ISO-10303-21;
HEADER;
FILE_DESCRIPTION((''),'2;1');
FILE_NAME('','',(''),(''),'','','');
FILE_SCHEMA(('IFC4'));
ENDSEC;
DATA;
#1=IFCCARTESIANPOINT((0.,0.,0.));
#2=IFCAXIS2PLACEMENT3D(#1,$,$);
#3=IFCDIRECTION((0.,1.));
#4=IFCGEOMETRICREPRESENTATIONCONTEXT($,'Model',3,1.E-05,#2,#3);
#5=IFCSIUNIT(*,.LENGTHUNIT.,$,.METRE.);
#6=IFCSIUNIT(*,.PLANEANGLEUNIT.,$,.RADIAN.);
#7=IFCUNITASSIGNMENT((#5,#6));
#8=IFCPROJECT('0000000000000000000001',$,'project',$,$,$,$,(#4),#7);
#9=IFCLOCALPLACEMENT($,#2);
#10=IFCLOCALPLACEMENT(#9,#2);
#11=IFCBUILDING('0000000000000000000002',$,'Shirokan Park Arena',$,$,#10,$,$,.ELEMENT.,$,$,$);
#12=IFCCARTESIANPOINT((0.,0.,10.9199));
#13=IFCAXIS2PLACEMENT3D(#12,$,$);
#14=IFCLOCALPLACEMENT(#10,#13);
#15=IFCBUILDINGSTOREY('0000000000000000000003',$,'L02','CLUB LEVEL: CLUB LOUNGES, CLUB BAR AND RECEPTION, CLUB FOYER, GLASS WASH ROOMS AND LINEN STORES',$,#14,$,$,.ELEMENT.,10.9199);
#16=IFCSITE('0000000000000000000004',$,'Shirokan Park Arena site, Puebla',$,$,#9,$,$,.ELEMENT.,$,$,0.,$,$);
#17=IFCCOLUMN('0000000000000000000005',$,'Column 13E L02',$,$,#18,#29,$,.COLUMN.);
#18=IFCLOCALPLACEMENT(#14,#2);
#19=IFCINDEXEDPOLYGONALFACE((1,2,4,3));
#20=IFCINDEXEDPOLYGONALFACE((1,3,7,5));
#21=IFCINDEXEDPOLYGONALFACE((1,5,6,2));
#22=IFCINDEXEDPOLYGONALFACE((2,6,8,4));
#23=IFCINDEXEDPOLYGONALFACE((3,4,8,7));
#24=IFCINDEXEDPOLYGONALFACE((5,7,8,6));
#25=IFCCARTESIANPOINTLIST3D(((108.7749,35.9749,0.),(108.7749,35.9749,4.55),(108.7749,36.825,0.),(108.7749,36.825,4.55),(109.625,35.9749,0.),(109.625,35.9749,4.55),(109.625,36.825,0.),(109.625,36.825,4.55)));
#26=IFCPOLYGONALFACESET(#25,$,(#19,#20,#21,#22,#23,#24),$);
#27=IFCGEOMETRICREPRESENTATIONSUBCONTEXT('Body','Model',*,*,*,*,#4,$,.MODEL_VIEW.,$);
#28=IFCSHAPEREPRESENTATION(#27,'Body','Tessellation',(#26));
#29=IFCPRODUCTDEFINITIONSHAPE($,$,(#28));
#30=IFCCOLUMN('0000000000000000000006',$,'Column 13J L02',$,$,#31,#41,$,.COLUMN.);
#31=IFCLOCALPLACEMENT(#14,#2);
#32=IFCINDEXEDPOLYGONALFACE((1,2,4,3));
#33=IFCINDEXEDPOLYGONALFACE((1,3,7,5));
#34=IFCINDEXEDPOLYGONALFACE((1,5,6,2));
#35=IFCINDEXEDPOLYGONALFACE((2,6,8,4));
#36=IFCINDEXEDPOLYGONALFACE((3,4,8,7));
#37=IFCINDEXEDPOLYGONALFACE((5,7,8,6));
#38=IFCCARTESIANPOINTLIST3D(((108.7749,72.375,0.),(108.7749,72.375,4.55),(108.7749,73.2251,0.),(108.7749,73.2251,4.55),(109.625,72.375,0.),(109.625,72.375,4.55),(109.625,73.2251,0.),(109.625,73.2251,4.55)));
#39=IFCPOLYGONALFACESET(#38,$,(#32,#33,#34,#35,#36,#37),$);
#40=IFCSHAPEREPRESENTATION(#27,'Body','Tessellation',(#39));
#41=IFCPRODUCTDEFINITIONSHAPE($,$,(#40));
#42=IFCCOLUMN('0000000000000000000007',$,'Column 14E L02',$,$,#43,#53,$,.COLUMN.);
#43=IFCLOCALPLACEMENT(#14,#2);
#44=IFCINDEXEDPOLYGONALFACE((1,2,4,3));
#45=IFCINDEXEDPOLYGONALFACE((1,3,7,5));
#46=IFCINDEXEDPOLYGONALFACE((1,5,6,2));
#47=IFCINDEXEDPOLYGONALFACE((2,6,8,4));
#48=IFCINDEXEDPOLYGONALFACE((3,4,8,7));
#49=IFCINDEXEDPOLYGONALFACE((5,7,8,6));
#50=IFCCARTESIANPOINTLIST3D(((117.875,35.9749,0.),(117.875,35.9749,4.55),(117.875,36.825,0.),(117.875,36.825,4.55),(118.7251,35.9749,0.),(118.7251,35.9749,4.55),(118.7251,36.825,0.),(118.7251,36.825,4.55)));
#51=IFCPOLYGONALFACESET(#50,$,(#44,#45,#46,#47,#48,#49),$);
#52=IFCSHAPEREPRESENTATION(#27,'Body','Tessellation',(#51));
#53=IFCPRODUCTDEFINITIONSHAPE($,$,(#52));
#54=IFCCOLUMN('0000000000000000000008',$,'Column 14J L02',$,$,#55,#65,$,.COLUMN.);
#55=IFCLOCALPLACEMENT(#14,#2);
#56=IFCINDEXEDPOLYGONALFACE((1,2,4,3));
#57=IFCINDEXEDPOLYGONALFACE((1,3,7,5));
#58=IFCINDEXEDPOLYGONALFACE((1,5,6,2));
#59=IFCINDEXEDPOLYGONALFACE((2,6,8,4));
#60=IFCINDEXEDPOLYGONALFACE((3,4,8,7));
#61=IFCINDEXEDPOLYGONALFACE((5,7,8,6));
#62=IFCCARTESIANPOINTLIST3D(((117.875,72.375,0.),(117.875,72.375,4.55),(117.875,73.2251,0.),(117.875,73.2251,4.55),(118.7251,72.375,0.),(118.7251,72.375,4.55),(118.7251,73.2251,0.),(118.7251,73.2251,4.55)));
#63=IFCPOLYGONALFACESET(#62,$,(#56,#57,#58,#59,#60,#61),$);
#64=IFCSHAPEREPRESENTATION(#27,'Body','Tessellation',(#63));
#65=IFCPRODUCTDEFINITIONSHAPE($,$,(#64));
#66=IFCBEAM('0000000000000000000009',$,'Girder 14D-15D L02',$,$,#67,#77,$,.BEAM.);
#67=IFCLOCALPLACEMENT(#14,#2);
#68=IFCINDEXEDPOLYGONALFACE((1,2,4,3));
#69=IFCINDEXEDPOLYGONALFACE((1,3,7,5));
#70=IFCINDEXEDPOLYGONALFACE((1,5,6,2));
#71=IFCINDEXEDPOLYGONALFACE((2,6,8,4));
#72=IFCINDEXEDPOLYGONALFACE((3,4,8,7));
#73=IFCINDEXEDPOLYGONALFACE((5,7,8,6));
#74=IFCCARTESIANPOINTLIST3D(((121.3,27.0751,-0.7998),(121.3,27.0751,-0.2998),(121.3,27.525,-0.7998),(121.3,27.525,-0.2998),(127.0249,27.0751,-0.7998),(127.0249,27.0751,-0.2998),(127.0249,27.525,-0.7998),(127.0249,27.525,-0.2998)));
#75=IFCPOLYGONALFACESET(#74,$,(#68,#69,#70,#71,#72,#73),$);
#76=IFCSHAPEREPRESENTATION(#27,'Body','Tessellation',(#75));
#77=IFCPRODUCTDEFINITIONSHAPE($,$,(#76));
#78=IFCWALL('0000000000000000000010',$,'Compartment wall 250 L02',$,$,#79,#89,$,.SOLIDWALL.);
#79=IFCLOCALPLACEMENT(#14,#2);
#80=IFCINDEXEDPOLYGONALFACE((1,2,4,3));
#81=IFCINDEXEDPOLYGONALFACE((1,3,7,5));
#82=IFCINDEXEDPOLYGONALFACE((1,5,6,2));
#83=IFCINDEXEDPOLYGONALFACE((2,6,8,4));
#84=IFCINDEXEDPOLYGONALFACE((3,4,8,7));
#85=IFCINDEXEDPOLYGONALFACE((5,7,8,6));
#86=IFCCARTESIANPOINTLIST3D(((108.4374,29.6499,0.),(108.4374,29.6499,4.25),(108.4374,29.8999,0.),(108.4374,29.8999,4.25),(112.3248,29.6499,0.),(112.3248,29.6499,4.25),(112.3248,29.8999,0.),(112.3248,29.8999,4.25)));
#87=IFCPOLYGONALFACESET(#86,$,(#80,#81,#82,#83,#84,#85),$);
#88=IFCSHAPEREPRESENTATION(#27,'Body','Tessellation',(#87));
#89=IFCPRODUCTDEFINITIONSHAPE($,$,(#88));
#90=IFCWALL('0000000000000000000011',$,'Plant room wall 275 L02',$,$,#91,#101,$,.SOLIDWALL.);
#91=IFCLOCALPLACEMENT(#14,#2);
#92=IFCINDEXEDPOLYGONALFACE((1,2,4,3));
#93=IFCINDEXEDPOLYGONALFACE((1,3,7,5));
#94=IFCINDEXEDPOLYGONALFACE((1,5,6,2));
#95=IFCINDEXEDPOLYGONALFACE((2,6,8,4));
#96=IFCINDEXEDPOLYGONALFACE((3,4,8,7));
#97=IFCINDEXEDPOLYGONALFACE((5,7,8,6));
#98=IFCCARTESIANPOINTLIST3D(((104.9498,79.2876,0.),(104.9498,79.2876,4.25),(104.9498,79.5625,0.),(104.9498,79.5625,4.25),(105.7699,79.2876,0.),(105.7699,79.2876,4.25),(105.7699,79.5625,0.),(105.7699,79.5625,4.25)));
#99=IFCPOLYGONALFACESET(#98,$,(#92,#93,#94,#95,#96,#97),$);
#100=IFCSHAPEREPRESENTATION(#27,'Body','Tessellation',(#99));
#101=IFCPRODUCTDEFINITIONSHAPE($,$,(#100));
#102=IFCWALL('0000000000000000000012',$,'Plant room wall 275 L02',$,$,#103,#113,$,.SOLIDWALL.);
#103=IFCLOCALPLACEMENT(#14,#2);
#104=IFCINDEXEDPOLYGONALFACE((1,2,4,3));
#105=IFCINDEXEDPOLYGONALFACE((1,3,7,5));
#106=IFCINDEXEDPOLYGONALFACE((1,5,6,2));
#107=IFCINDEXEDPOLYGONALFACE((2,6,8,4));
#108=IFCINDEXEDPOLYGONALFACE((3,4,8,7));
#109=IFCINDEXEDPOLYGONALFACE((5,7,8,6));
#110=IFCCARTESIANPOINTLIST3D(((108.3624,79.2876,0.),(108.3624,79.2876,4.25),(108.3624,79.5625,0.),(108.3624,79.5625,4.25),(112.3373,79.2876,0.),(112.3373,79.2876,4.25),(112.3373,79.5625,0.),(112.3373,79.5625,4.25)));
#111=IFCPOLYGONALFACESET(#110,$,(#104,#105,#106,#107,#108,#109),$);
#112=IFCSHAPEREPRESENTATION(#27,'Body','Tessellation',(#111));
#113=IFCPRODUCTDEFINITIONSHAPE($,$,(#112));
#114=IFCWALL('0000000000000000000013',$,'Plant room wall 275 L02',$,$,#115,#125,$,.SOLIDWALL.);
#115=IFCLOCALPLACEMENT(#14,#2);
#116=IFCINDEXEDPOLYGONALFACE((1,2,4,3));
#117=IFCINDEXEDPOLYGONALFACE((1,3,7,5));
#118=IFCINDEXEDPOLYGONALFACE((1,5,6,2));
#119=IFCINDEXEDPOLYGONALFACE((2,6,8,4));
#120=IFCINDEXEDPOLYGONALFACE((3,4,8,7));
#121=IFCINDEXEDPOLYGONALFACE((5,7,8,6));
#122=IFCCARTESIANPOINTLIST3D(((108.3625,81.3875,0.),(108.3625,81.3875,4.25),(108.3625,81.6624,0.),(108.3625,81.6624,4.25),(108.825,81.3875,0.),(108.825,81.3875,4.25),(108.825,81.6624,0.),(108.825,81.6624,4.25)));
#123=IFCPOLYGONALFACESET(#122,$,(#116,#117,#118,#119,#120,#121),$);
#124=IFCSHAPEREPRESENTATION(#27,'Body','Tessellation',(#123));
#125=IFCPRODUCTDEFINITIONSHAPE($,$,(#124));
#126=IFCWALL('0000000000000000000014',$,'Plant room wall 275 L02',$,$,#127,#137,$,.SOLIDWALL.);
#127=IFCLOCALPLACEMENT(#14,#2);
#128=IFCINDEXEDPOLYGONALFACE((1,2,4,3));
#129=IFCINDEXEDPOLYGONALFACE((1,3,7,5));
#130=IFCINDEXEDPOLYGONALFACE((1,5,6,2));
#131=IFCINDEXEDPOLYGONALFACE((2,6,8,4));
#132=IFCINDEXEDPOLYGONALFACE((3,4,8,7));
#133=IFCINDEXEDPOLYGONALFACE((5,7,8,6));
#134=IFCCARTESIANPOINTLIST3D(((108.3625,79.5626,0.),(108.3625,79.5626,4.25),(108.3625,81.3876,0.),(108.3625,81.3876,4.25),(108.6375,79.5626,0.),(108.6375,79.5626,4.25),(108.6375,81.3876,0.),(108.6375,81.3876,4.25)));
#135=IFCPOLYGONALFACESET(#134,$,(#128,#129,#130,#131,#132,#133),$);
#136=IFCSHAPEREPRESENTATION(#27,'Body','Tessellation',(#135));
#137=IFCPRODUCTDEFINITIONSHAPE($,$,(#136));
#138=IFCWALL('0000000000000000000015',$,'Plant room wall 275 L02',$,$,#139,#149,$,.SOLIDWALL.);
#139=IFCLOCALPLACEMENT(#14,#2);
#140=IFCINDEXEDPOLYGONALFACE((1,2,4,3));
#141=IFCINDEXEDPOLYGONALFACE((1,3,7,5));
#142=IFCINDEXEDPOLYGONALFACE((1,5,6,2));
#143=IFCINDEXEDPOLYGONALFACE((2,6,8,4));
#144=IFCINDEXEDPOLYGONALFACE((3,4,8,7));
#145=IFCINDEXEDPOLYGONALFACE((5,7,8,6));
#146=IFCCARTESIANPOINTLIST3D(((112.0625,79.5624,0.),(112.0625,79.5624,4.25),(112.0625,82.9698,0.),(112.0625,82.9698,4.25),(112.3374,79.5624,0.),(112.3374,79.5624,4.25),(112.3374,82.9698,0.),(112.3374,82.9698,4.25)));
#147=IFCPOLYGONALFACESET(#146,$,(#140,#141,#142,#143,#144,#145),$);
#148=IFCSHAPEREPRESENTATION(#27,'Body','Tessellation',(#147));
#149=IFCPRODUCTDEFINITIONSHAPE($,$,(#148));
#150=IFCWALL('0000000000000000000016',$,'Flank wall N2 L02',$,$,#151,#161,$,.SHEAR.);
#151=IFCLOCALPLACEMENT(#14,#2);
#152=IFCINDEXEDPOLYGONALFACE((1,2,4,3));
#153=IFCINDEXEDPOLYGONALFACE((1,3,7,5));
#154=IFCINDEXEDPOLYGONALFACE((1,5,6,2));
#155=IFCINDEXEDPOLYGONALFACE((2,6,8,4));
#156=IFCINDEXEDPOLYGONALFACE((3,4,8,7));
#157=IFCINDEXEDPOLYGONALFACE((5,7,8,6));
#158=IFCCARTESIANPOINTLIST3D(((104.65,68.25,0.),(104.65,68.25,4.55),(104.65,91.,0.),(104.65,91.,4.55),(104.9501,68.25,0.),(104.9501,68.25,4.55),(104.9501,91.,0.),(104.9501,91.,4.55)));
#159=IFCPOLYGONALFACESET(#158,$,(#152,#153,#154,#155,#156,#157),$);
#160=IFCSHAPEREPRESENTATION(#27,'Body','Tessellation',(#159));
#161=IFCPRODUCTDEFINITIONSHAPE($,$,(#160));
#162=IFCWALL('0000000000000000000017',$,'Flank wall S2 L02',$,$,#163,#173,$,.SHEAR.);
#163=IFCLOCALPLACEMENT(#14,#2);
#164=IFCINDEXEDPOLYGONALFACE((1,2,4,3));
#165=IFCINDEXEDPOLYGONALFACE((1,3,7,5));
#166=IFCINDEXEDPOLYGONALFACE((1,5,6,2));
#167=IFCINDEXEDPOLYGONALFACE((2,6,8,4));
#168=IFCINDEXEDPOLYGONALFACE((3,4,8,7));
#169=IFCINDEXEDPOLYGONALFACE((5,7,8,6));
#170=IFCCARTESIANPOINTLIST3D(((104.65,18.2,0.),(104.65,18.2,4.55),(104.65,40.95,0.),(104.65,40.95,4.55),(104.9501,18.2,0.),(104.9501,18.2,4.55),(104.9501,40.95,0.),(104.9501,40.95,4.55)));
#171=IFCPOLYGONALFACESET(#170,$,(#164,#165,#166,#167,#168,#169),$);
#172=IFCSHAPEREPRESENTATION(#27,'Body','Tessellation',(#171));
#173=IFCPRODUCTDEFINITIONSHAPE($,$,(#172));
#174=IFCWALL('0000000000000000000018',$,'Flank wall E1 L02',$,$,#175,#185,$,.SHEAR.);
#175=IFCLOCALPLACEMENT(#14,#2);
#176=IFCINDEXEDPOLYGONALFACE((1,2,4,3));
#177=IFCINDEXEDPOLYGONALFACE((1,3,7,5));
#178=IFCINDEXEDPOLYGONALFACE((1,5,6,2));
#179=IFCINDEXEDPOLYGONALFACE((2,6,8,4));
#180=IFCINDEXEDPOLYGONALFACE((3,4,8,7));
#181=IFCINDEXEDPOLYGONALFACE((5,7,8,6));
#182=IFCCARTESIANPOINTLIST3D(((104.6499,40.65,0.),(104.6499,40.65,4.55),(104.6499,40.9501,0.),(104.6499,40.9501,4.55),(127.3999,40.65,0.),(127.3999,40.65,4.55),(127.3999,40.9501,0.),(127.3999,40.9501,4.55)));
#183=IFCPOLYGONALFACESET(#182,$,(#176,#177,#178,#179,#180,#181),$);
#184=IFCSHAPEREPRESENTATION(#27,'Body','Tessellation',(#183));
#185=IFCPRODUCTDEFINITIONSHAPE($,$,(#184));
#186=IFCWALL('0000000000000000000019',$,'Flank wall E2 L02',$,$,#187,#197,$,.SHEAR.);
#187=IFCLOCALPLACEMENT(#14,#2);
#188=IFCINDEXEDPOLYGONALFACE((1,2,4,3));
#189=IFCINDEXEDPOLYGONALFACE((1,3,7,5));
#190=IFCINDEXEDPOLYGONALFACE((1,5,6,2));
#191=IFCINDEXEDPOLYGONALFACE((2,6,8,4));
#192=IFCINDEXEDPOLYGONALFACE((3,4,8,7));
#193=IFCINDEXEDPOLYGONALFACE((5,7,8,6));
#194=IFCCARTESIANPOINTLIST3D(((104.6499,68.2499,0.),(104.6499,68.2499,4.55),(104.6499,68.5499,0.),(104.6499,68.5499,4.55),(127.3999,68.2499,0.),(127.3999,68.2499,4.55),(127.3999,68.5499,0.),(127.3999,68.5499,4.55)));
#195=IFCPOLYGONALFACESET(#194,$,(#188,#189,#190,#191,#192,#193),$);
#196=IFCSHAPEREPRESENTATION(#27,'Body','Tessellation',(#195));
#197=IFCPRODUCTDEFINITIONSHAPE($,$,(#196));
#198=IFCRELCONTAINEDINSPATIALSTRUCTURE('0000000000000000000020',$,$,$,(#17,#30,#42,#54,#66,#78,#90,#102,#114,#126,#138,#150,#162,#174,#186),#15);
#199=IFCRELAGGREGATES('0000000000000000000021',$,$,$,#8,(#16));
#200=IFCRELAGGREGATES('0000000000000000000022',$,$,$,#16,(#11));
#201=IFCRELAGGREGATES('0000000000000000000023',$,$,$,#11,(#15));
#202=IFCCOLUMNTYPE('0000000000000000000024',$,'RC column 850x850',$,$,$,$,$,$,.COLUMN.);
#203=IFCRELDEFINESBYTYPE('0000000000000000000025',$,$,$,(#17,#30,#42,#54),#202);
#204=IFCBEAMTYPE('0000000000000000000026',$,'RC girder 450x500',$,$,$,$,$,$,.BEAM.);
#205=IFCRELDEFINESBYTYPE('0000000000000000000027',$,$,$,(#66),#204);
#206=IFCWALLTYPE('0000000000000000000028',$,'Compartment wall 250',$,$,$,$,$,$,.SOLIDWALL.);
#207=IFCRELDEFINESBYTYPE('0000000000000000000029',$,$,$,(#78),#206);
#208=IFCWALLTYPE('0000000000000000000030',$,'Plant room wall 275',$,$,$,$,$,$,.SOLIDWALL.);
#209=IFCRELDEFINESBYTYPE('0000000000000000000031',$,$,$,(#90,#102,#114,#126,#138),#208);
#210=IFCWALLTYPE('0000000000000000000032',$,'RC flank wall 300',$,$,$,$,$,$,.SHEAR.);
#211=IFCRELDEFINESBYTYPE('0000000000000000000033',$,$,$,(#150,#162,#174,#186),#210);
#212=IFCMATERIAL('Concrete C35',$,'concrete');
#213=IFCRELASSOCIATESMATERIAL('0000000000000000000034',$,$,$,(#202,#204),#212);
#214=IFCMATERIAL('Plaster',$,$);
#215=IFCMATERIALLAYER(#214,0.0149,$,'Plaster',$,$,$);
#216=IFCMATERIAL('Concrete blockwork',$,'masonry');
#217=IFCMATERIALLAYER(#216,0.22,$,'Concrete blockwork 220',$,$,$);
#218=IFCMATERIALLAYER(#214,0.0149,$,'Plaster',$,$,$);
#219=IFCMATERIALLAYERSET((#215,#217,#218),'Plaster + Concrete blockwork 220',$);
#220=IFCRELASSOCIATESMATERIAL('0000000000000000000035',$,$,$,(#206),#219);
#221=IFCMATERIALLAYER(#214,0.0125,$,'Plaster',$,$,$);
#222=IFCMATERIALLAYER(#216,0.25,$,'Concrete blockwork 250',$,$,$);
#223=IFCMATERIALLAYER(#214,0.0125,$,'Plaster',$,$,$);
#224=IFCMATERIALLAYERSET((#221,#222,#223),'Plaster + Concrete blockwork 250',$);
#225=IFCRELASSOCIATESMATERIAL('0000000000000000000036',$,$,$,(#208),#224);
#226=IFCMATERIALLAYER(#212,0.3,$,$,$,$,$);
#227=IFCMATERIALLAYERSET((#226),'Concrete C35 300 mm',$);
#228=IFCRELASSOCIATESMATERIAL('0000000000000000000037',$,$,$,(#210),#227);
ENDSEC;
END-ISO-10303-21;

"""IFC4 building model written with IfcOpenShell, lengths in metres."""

from ifc_helpers import new_model, si_unit, direction, frame, frame_2d, origin, origin_2d, place, context, subcontext, project, spatial, rectangle, extrude, material, layer, layer_set, material_profile, profile_set, type_object, element, save


model = new_model("IFC4")

# Units and contexts
model_context = context("Model", 3, precision=1e-05, world=origin(), true_north=direction((0.0, 1.0)))
body_context = subcontext(model_context, "Body", "Model", "MODEL_VIEW")
ifc_project = project(units=[si_unit("LENGTHUNIT", "METRE"), si_unit("PLANEANGLEUNIT", "RADIAN")], contexts=[model_context])

# Site, building, storey
site_placement = place(None, origin())
site = spatial("IfcSite", under=ifc_project, at=site_placement, Name="Shirokan Park Arena site, Puebla", CompositionType="ELEMENT", RefElevation=0.0)
building_placement = place(site_placement, origin())
building = spatial("IfcBuilding", under=site, at=building_placement, Name="Shirokan Park Arena", CompositionType="ELEMENT")
storey_placement = place(building_placement, frame((0.0, 0.0, 10.9199)))
storey = spatial("IfcBuildingStorey", under=building, at=storey_placement, Name="L02", Description="CLUB LEVEL: CLUB LOUNGES, CLUB BAR AND RECEPTION, CLUB FOYER, GLASS WASH ROOMS AND LINEN STORES", CompositionType="ELEMENT", Elevation=10.9199)

# Columns
ifc_material_1 = material(Name="Concrete C35", Category="concrete")
ifc_material_profile_1 = material_profile(ifc_material_1, rectangle(XDim=0.8501, YDim=0.8501, at=origin_2d()), Name="850x850")
ifc_profile_set_1 = profile_set([ifc_material_profile_1], Name="Concrete C35")
column_type = type_object("IfcColumnType", Name="RC column 850x850", PredefinedType="COLUMN", material=ifc_profile_set_1)
for number, where, z_axis, x_axis, name in (
    (1, (109.2, 36.3999, 0.0), (0.0, 0.0, 1.0), (1.0, 0.0, 0.0), "Column 13E L02"),
    (2, (109.2, 72.8, 0.0), (0.0, 0.0, 1.0), (1.0, 0.0, 0.0), "Column 13J L02"),
    (3, (118.3, 36.3999, 0.0), (0.0, 0.0, 1.0), (1.0, 0.0, 0.0), "Column 14E L02"),
    (4, (118.3, 72.8, 0.0), (0.0, 0.0, 1.0), (1.0, 0.0, 0.0), "Column 14J L02"),
):
    element("IfcColumn", number, at=place(storey_placement, frame(where, z_axis=z_axis, x_axis=x_axis)), inside=storey, type_object=column_type, Name=name, PredefinedType="COLUMN", context=body_context, shape_type="SweptSolid", body=[
        extrude(rectangle(XDim=0.8501, YDim=0.8501, at=origin_2d()), origin(), (0.0, 0.0, 1.0), 4.55),
    ])

# Beam
ifc_material_profile_2 = material_profile(ifc_material_1, rectangle(XDim=0.45, YDim=0.5, at=origin_2d()), Name="450x500")
ifc_profile_set_2 = profile_set([ifc_material_profile_2], Name="Concrete C35")
beam_type = type_object("IfcBeamType", Name="RC girder 450x500", PredefinedType="BEAM", material=ifc_profile_set_2)
beam_placement = place(storey_placement, frame((121.3, 27.3, -0.5498), z_axis=(1.0, 0.0, 0.0), x_axis=(0.0, 1.0, 0.0)))
element("IfcBeam", 5, at=beam_placement, inside=storey, type_object=beam_type, Name="Girder 14D-15D L02", PredefinedType="BEAM", context=body_context, shape_type="SweptSolid", body=[
    extrude(rectangle(XDim=0.45, YDim=0.5, at=origin_2d()), origin(), (0.0, 0.0, 1.0), 5.7249),
])

# Walls
ifc_material_2 = material(Name="Plaster")
ifc_layer_1 = layer(ifc_material_2, 0.0149, Name="Plaster")
ifc_material_3 = material(Name="Concrete blockwork", Category="masonry")
ifc_layer_2 = layer(ifc_material_3, 0.22, Name="Concrete blockwork 220")
ifc_layer_3 = layer(ifc_material_2, 0.0149, Name="Plaster")
ifc_layer_set_1 = layer_set([ifc_layer_1, ifc_layer_2, ifc_layer_3], Name="Plaster + Concrete blockwork 220")
wall_type_1 = type_object("IfcWallType", Name="Compartment wall 250", PredefinedType="SOLIDWALL", material=ifc_layer_set_1)
wall_1_placement = place(storey_placement, frame((112.325, 29.7749, 0.0), z_axis=(0.0, 0.0, 1.0), x_axis=(-1.0, 0.0, 0.0)))
element("IfcWall", 6, at=wall_1_placement, inside=storey, type_object=wall_type_1, Name="Compartment wall 250 L02", PredefinedType="SOLIDWALL", context=body_context, shape_type="SweptSolid", body=[
    extrude(rectangle(XDim=3.8875, YDim=0.25, at=frame_2d((1.9438, 0.0))), origin(), (0.0, 0.0, 1.0), 4.25),
])
ifc_layer_4 = layer(ifc_material_2, 0.0125, Name="Plaster")
ifc_layer_5 = layer(ifc_material_3, 0.25, Name="Concrete blockwork 250")
ifc_layer_6 = layer(ifc_material_2, 0.0125, Name="Plaster")
ifc_layer_set_2 = layer_set([ifc_layer_4, ifc_layer_5, ifc_layer_6], Name="Plaster + Concrete blockwork 250")
wall_type_2 = type_object("IfcWallType", Name="Plant room wall 275", PredefinedType="SOLIDWALL", material=ifc_layer_set_2)
wall_2_placement = place(storey_placement, frame((105.77, 79.425, 0.0), z_axis=(0.0, 0.0, 1.0), x_axis=(-1.0, 0.0, 0.0)))
element("IfcWall", 7, at=wall_2_placement, inside=storey, type_object=wall_type_2, Name="Plant room wall 275 L02", PredefinedType="SOLIDWALL", context=body_context, shape_type="SweptSolid", body=[
    extrude(rectangle(XDim=0.8201, YDim=0.2749, at=frame_2d((0.4102, 0.0))), origin(), (0.0, 0.0, 1.0), 4.25),
])
wall_3_placement = place(storey_placement, frame((108.3625, 79.425, 0.0), z_axis=(0.0, 0.0, 1.0), x_axis=(1.0, 0.0, 0.0)))
element("IfcWall", 8, at=wall_3_placement, inside=storey, type_object=wall_type_2, Name="Plant room wall 275 L02", PredefinedType="SOLIDWALL", context=body_context, shape_type="SweptSolid", body=[
    extrude(rectangle(XDim=3.9749, YDim=0.2749, at=frame_2d((1.9873, 0.0))), origin(), (0.0, 0.0, 1.0), 4.25),
])
wall_4_placement = place(storey_placement, frame((108.3625, 81.5249, 0.0), z_axis=(0.0, 0.0, 1.0), x_axis=(1.0, 0.0, 0.0)))
element("IfcWall", 9, at=wall_4_placement, inside=storey, type_object=wall_type_2, Name="Plant room wall 275 L02", PredefinedType="SOLIDWALL", context=body_context, shape_type="SweptSolid", body=[
    extrude(rectangle(XDim=0.4624, YDim=0.2749, at=frame_2d((0.2312, 0.0))), origin(), (0.0, 0.0, 1.0), 4.25),
])
wall_5_placement = place(storey_placement, frame((108.5, 79.5625, 0.0), z_axis=(0.0, 0.0, 1.0), x_axis=(0.0, 1.0, 0.0)))
element("IfcWall", 10, at=wall_5_placement, inside=storey, type_object=wall_type_2, Name="Plant room wall 275 L02", PredefinedType="SOLIDWALL", context=body_context, shape_type="SweptSolid", body=[
    extrude(rectangle(XDim=1.825, YDim=0.2749, at=frame_2d((0.9126, 0.0))), origin(), (0.0, 0.0, 1.0), 4.25),
])
wall_6_placement = place(storey_placement, frame((112.2, 79.5625, 0.0), z_axis=(0.0, 0.0, 1.0), x_axis=(0.0, 1.0, 0.0)))
element("IfcWall", 11, at=wall_6_placement, inside=storey, type_object=wall_type_2, Name="Plant room wall 275 L02", PredefinedType="SOLIDWALL", context=body_context, shape_type="SweptSolid", body=[
    extrude(rectangle(XDim=3.4075, YDim=0.2749, at=frame_2d((1.7036, 0.0))), origin(), (0.0, 0.0, 1.0), 4.25),
])
ifc_layer_7 = layer(ifc_material_1, 0.3)
ifc_layer_set_3 = layer_set([ifc_layer_7], Name="Concrete C35 300 mm")
wall_type_3 = type_object("IfcWallType", Name="RC flank wall 300", PredefinedType="SHEAR", material=ifc_layer_set_3)
for number, where, z_axis, x_axis, name in (
    (12, (104.8, 68.25, 0.0), (0.0, 0.0, 1.0), (0.0, 1.0, 0.0), "Flank wall N2 L02"),
    (13, (104.8, 40.95, 0.0), (0.0, 0.0, 1.0), (0.0, -1.0, 0.0), "Flank wall S2 L02"),
    (14, (104.6499, 40.8, 0.0), (0.0, 0.0, 1.0), (1.0, 0.0, 0.0), "Flank wall E1 L02"),
    (15, (104.6499, 68.3999, 0.0), (0.0, 0.0, 1.0), (1.0, 0.0, 0.0), "Flank wall E2 L02"),
):
    element("IfcWall", number, at=place(storey_placement, frame(where, z_axis=z_axis, x_axis=x_axis)), inside=storey, type_object=wall_type_3, Name=name, PredefinedType="SHEAR", context=body_context, shape_type="SweptSolid", body=[
        extrude(rectangle(XDim=22.75, YDim=0.3, at=frame_2d((11.375, 0.0))), origin(), (0.0, 0.0, 1.0), 4.55),
    ])

save(model, "model.ifc")
